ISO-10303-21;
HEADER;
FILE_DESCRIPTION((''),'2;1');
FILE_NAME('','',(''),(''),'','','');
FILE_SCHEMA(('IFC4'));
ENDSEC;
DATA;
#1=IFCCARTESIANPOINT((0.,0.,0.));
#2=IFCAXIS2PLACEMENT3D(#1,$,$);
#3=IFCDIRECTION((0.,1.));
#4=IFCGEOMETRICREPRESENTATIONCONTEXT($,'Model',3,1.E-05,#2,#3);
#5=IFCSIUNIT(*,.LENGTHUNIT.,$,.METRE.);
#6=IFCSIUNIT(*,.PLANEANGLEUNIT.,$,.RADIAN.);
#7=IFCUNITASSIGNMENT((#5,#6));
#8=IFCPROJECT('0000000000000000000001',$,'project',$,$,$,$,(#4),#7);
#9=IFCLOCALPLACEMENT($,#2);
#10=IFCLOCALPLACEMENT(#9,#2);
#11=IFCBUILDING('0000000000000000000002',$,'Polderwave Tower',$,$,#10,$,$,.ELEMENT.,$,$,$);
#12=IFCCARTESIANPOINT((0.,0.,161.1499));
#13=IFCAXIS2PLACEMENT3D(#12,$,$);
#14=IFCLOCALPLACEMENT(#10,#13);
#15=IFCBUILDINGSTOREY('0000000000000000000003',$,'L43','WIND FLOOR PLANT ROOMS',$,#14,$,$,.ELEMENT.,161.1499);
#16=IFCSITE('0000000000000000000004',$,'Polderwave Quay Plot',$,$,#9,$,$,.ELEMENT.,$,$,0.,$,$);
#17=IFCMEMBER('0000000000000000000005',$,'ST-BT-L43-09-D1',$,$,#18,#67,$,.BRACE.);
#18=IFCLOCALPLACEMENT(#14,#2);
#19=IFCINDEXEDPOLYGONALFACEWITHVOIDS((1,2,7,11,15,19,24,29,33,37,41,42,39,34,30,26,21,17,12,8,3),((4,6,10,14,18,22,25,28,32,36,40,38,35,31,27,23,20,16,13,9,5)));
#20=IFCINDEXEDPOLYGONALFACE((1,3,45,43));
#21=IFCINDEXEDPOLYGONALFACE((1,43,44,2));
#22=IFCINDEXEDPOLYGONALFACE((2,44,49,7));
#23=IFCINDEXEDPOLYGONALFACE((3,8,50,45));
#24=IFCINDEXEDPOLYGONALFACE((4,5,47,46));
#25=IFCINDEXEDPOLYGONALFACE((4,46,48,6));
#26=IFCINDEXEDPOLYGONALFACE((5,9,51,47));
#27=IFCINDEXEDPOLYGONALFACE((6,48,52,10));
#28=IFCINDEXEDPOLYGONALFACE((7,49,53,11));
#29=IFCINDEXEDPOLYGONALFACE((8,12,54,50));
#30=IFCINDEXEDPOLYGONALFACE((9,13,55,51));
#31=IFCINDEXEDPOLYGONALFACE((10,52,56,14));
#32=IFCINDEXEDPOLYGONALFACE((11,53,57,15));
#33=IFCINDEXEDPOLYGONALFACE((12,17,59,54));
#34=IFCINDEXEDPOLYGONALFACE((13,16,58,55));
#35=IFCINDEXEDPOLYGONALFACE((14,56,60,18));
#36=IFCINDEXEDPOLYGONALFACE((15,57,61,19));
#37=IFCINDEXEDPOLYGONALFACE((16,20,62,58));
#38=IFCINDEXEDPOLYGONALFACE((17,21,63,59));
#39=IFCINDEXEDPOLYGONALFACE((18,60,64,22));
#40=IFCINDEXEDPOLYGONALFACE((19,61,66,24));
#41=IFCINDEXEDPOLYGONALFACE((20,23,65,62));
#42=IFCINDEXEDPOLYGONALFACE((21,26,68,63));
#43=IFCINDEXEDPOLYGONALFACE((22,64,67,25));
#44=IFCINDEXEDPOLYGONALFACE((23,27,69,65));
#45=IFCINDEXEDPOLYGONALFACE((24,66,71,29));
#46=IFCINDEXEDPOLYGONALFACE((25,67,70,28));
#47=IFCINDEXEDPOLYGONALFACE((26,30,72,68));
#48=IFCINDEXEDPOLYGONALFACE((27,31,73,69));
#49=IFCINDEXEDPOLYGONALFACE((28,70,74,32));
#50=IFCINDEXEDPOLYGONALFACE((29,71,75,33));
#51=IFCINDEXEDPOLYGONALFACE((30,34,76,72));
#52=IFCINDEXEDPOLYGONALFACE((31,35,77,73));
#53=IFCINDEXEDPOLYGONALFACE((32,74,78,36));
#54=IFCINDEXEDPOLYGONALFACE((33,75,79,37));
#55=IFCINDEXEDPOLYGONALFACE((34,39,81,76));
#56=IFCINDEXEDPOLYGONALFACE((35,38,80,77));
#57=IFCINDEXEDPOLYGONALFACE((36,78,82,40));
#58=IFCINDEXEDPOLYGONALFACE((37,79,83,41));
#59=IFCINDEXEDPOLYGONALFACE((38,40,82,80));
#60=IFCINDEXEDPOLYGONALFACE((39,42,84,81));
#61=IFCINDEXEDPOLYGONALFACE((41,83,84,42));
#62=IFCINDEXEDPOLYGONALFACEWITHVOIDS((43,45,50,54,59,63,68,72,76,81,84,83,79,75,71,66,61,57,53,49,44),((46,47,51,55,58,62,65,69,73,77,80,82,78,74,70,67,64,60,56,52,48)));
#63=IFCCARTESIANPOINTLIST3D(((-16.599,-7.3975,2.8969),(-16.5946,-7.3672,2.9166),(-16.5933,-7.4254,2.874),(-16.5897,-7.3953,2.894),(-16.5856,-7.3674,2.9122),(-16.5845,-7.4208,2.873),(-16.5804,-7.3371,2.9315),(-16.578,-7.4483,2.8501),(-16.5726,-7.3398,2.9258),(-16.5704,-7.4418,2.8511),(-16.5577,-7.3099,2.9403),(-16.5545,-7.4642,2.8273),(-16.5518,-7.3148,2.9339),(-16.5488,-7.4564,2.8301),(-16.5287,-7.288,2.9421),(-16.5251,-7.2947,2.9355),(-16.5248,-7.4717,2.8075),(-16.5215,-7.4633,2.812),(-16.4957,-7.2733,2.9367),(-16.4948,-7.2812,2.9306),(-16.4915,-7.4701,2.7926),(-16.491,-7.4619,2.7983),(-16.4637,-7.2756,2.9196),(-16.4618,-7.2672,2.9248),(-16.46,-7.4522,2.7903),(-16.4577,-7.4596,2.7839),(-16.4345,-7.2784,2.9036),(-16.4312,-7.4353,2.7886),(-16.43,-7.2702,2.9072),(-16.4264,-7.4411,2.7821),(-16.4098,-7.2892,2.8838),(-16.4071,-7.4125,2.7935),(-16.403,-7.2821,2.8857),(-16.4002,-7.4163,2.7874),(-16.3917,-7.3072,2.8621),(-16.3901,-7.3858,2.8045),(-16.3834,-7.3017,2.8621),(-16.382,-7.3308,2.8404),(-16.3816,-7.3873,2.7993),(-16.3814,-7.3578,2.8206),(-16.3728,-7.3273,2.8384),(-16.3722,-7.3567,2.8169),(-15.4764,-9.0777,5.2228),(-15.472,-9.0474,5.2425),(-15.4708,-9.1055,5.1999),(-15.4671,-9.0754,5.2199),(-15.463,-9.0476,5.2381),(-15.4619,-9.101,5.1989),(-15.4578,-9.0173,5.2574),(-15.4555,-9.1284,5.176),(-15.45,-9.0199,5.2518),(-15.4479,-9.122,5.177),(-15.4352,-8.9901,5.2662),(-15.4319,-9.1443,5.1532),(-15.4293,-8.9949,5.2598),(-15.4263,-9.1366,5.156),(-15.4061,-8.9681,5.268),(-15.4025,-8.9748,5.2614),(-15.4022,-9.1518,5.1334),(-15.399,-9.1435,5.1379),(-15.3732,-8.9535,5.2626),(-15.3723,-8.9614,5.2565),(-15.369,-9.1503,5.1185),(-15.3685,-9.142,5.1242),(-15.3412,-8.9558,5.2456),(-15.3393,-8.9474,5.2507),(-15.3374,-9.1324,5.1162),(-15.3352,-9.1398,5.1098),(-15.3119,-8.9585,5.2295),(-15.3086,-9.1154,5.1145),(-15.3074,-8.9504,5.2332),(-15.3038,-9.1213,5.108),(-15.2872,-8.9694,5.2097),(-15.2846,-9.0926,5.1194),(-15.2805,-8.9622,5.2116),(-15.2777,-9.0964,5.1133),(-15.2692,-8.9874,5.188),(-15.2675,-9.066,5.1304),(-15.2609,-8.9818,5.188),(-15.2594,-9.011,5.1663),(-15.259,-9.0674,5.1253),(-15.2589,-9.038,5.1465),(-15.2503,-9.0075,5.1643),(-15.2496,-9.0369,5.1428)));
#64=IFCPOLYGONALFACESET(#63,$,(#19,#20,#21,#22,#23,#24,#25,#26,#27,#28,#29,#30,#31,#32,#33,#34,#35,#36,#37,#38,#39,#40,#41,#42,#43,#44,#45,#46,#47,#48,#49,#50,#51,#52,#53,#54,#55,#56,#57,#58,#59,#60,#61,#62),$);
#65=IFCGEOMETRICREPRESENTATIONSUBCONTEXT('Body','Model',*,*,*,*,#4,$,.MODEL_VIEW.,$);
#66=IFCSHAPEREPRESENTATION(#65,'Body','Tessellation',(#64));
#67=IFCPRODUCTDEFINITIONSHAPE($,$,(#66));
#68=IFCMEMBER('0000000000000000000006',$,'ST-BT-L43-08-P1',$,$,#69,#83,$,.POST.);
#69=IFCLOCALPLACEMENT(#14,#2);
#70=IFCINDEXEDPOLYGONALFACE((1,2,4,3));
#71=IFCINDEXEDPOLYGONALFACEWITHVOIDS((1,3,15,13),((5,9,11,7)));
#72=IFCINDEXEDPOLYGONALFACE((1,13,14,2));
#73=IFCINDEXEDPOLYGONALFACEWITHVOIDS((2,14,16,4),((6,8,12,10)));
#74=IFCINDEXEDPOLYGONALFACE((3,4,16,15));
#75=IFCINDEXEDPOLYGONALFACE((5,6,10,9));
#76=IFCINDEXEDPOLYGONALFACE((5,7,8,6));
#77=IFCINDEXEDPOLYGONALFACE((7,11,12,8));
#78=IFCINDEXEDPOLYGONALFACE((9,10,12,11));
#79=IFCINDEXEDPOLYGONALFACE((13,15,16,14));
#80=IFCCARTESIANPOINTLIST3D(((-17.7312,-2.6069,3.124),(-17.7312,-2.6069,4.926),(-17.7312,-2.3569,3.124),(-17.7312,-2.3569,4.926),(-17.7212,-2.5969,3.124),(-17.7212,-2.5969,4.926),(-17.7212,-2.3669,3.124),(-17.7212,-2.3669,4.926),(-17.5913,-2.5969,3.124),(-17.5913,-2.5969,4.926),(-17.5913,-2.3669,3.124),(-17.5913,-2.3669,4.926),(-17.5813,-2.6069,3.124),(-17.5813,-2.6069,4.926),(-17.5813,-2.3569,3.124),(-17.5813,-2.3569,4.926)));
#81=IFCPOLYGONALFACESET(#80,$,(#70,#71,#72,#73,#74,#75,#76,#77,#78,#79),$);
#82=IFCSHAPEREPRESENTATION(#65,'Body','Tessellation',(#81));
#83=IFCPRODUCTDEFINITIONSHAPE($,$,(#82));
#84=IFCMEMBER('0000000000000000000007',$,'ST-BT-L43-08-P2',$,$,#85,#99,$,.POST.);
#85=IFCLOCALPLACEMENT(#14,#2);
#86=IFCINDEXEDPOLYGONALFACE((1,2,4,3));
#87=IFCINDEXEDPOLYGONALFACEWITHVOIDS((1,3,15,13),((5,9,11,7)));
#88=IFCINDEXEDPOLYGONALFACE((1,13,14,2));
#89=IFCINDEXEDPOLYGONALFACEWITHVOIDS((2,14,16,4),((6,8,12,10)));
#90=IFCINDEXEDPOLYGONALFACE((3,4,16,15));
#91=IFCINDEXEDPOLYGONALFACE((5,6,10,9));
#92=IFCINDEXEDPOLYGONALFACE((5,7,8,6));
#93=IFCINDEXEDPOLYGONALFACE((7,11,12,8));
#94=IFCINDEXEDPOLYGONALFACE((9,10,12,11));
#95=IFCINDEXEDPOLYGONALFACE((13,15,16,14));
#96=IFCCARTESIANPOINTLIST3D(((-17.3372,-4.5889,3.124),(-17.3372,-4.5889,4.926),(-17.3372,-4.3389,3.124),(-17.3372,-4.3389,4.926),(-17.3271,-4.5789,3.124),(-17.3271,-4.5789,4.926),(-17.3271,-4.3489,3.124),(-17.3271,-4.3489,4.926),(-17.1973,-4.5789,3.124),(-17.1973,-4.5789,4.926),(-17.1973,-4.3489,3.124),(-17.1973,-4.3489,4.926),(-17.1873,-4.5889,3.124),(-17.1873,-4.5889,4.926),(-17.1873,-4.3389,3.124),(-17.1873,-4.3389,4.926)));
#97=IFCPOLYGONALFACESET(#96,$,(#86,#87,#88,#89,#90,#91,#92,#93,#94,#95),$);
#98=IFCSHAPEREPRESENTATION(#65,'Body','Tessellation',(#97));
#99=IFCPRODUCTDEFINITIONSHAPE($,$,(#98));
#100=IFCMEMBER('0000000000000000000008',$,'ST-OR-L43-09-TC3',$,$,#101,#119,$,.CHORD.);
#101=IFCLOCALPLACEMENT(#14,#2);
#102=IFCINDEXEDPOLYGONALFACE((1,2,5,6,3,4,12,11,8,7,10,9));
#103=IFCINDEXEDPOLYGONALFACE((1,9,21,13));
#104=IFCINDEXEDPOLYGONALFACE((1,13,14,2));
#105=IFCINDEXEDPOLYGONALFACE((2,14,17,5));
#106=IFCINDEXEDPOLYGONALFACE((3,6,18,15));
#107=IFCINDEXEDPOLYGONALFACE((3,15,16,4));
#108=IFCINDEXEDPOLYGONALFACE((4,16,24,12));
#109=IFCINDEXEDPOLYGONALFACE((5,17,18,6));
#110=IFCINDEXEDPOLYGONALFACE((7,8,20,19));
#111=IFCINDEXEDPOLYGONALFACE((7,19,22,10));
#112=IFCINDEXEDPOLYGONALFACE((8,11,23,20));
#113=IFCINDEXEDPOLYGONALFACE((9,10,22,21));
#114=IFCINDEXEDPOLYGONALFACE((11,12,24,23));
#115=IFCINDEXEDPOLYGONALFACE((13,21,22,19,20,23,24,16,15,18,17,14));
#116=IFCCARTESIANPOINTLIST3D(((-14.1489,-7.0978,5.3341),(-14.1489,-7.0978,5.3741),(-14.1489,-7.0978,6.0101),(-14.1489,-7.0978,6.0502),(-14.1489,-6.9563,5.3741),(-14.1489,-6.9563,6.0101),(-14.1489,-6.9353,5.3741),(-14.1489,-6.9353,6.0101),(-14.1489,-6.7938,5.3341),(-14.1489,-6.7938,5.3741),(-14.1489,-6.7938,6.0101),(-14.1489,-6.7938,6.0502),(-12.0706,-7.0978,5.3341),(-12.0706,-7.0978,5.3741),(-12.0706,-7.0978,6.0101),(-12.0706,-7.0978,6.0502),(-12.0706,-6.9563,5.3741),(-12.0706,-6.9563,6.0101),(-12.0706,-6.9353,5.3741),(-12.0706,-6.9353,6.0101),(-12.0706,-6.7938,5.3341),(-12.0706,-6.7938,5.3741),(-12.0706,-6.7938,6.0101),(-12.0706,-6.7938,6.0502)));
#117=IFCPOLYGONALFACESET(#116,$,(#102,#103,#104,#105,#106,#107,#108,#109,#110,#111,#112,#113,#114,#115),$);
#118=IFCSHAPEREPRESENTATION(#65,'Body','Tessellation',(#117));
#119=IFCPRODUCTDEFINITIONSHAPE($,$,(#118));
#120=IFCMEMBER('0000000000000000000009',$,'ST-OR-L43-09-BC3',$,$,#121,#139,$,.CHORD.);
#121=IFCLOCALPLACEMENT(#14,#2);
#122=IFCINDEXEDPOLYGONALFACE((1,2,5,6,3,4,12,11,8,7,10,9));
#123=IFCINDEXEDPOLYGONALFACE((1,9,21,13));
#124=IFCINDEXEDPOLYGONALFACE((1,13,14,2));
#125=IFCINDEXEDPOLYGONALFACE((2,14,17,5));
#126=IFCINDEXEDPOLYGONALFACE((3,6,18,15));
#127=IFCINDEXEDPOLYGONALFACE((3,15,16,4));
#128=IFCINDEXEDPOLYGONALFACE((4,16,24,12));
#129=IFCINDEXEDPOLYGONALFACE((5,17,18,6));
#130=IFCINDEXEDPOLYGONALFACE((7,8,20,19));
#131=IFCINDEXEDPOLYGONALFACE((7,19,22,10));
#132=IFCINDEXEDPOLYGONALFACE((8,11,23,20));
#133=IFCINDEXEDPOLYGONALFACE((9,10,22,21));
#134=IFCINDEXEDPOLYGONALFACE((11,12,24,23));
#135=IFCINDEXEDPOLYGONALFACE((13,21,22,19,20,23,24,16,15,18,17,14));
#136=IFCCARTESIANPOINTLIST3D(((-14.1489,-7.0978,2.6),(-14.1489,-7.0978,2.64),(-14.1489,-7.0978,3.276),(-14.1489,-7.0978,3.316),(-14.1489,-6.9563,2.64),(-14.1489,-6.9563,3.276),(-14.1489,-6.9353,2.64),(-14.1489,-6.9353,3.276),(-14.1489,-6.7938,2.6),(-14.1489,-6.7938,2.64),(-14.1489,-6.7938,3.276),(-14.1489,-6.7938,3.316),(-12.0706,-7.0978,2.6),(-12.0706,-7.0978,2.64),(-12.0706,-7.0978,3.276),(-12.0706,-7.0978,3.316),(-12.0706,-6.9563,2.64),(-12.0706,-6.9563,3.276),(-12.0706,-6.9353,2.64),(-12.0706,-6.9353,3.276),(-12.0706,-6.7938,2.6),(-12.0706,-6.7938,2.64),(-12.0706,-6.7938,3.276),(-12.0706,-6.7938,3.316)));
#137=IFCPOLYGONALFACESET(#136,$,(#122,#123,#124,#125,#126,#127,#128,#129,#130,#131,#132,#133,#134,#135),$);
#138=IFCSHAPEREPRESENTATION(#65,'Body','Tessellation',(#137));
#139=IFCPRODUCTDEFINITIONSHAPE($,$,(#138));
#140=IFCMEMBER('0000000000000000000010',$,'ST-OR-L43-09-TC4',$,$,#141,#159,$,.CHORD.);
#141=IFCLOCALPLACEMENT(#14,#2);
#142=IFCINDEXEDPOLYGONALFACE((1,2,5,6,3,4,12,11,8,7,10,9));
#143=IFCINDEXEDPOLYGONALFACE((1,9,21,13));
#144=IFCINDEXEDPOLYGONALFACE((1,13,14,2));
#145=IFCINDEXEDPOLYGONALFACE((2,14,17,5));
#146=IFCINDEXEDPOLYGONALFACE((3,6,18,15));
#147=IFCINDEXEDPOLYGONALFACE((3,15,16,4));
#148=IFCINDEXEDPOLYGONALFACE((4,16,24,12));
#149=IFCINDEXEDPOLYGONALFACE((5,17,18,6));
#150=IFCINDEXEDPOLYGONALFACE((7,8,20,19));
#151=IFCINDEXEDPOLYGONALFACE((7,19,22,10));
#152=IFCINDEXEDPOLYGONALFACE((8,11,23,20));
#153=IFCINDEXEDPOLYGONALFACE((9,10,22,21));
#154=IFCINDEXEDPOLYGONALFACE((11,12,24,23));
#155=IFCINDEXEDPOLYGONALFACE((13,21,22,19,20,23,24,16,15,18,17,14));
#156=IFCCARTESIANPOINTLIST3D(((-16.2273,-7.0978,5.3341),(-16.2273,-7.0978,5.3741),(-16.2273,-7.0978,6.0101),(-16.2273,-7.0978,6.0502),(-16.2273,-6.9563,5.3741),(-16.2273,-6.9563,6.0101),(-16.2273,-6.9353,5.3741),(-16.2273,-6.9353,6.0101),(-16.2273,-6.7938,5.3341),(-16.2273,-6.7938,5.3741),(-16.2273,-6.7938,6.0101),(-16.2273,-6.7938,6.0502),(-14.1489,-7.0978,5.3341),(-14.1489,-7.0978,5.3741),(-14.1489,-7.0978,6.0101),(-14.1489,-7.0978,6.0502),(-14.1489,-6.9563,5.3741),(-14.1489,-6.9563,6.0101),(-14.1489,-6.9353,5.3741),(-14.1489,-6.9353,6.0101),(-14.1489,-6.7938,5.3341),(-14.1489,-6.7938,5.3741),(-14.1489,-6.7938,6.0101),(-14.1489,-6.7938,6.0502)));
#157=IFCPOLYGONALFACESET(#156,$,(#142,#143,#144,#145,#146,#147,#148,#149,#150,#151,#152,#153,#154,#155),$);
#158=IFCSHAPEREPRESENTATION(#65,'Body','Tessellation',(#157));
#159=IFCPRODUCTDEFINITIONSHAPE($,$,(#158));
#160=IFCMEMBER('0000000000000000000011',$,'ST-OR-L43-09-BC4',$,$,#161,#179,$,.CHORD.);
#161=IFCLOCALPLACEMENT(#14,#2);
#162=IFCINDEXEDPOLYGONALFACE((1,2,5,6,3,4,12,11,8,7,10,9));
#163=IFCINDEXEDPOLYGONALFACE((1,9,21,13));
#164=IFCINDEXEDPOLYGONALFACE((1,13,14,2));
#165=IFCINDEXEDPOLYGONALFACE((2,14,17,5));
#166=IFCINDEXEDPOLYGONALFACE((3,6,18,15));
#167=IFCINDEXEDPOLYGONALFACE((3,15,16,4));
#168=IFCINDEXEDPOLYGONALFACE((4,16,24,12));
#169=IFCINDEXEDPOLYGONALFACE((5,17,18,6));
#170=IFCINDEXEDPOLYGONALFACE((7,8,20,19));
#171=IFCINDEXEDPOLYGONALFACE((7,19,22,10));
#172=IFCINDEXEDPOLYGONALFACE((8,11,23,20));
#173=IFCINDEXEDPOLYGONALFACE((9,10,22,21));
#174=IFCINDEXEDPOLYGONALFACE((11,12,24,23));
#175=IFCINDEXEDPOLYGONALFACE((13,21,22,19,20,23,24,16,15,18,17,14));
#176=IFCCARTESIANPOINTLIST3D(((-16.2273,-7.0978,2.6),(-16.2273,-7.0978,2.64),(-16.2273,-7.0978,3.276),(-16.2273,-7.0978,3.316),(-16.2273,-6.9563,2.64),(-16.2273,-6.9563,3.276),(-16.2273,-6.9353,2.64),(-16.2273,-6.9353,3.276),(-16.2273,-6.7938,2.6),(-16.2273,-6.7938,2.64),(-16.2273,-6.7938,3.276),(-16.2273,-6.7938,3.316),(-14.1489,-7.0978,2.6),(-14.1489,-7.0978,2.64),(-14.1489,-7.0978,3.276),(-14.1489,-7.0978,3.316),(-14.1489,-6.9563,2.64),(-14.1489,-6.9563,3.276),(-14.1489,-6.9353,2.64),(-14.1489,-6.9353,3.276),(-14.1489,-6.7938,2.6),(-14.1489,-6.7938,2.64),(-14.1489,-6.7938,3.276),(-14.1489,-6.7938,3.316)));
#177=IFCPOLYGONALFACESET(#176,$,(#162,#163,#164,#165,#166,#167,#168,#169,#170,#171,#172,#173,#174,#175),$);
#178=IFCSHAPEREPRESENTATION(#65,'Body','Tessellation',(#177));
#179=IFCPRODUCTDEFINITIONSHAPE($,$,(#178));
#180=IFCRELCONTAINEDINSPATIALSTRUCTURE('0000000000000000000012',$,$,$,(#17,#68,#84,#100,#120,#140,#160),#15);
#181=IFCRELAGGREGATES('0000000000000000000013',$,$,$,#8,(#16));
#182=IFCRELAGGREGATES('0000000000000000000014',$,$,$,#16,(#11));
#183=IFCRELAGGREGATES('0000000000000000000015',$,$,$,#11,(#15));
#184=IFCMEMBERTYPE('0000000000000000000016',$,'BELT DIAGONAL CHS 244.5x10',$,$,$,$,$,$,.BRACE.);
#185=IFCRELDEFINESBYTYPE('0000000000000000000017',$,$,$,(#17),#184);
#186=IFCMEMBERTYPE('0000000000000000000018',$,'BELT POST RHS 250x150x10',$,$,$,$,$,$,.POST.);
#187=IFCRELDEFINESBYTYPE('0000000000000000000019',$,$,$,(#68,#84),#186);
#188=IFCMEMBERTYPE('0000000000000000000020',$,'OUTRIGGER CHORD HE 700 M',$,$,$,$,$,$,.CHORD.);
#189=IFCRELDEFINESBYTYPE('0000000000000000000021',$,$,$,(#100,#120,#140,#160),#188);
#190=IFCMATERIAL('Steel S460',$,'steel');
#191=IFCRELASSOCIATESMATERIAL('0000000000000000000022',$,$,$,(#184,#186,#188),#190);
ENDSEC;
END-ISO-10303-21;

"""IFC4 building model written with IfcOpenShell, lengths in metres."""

from ifc_helpers import new_model, si_unit, direction, frame, origin, origin_2d, place, context, subcontext, project, spatial, hollow_rectangle, hollow_circle, i_section, extrude, material, material_profile, profile_set, type_object, element, save


model = new_model("IFC4")

# Units and contexts
model_context = context("Model", 3, precision=1e-05, world=origin(), true_north=direction((0.0, 1.0)))
body_context = subcontext(model_context, "Body", "Model", "MODEL_VIEW")
ifc_project = project(units=[si_unit("LENGTHUNIT", "METRE"), si_unit("PLANEANGLEUNIT", "RADIAN")], contexts=[model_context])

# Site, building, storey
site_placement = place(None, origin())
site = spatial("IfcSite", under=ifc_project, at=site_placement, Name="Polderwave Quay Plot", CompositionType="ELEMENT", RefElevation=0.0)
building_placement = place(site_placement, origin())
building = spatial("IfcBuilding", under=site, at=building_placement, Name="Polderwave Tower", CompositionType="ELEMENT")
storey_placement = place(building_placement, frame((0.0, 0.0, 161.1499)))
storey = spatial("IfcBuildingStorey", under=building, at=storey_placement, Name="L43", Description="WIND FLOOR PLANT ROOMS", CompositionType="ELEMENT", Elevation=161.1499)

# Members
ifc_material_1 = material(Name="Steel S460", Category="steel")
ifc_material_profile_1 = material_profile(ifc_material_1, hollow_circle(Radius=0.1223, WallThickness=0.01, at=origin_2d()), Name="CHS 244.5x10")
ifc_profile_set_1 = profile_set([ifc_material_profile_1], Name="Steel S460")
member_type_1 = type_object("IfcMemberType", Name="BELT DIAGONAL CHS 244.5x10", PredefinedType="BRACE", material=ifc_profile_set_1)
for number, where, z_axis, x_axis, name in (
    (1, (-16.4851, -7.3696, 2.8621), (0.364339, -0.54532, 0.754906), (0.831492, 0.555536, 0.0), "ST-BT-L43-09-D1"),
):
    element("IfcMember", number, at=place(storey_placement, frame(where, z_axis=z_axis, x_axis=x_axis)), inside=storey, type_object=member_type_1, Name=name, PredefinedType="BRACE", context=body_context, shape_type="SweptSolid", body=[
        extrude(hollow_circle(Radius=0.1223, WallThickness=0.01, at=origin_2d()), origin(), (0.0, 0.0, 1.0), 3.0811),
    ])
ifc_material_profile_2 = material_profile(ifc_material_1, hollow_rectangle(XDim=0.1499, YDim=0.25, WallThickness=0.01, at=origin_2d()), Name="RHS 250x150x10")
ifc_profile_set_2 = profile_set([ifc_material_profile_2], Name="Steel S460")
member_type_2 = type_object("IfcMemberType", Name="BELT POST RHS 250x150x10", PredefinedType="POST", material=ifc_profile_set_2)
for number, where, z_axis, x_axis, name in (
    (2, (-17.6562, -2.4819, 3.124), (0.0, 0.0, 1.0), (1.0, 0.0, 0.0), "ST-BT-L43-08-P1"),
    (3, (-17.2622, -4.4639, 3.124), (0.0, 0.0, 1.0), (1.0, 0.0, 0.0), "ST-BT-L43-08-P2"),
):
    element("IfcMember", number, at=place(storey_placement, frame(where, z_axis=z_axis, x_axis=x_axis)), inside=storey, type_object=member_type_2, Name=name, PredefinedType="POST", context=body_context, shape_type="SweptSolid", body=[
        extrude(hollow_rectangle(XDim=0.1499, YDim=0.25, WallThickness=0.01, at=origin_2d()), origin(), (0.0, 0.0, 1.0), 1.802),
    ])
ifc_material_profile_3 = material_profile(ifc_material_1, i_section(OverallWidth=0.304, OverallDepth=0.7161, WebThickness=0.021, FlangeThickness=0.04, at=origin_2d()), Name="HE 700 M")
ifc_profile_set_3 = profile_set([ifc_material_profile_3], Name="Steel S460")
member_type_3 = type_object("IfcMemberType", Name="OUTRIGGER CHORD HE 700 M", PredefinedType="CHORD", material=ifc_profile_set_3)
for number, where, z_axis, x_axis, name in (
    (4, (-12.0706, -6.9458, 5.6921), (-1.0, 0.0, 0.0), (0.0, -1.0, 0.0), "ST-OR-L43-09-TC3"),
    (5, (-12.0706, -6.9458, 2.958), (-1.0, 0.0, 0.0), (0.0, -1.0, 0.0), "ST-OR-L43-09-BC3"),
    (6, (-14.1489, -6.9458, 5.6921), (-1.0, 0.0, 0.0), (0.0, -1.0, 0.0), "ST-OR-L43-09-TC4"),
    (7, (-14.1489, -6.9458, 2.958), (-1.0, 0.0, 0.0), (0.0, -1.0, 0.0), "ST-OR-L43-09-BC4"),
):
    element("IfcMember", number, at=place(storey_placement, frame(where, z_axis=z_axis, x_axis=x_axis)), inside=storey, type_object=member_type_3, Name=name, PredefinedType="CHORD", context=body_context, shape_type="SweptSolid", body=[
        extrude(i_section(OverallWidth=0.304, OverallDepth=0.7161, WebThickness=0.021, FlangeThickness=0.04, at=origin_2d()), origin(), (0.0, 0.0, 1.0), 2.0784),
    ])

save(model, "model.ifc")
